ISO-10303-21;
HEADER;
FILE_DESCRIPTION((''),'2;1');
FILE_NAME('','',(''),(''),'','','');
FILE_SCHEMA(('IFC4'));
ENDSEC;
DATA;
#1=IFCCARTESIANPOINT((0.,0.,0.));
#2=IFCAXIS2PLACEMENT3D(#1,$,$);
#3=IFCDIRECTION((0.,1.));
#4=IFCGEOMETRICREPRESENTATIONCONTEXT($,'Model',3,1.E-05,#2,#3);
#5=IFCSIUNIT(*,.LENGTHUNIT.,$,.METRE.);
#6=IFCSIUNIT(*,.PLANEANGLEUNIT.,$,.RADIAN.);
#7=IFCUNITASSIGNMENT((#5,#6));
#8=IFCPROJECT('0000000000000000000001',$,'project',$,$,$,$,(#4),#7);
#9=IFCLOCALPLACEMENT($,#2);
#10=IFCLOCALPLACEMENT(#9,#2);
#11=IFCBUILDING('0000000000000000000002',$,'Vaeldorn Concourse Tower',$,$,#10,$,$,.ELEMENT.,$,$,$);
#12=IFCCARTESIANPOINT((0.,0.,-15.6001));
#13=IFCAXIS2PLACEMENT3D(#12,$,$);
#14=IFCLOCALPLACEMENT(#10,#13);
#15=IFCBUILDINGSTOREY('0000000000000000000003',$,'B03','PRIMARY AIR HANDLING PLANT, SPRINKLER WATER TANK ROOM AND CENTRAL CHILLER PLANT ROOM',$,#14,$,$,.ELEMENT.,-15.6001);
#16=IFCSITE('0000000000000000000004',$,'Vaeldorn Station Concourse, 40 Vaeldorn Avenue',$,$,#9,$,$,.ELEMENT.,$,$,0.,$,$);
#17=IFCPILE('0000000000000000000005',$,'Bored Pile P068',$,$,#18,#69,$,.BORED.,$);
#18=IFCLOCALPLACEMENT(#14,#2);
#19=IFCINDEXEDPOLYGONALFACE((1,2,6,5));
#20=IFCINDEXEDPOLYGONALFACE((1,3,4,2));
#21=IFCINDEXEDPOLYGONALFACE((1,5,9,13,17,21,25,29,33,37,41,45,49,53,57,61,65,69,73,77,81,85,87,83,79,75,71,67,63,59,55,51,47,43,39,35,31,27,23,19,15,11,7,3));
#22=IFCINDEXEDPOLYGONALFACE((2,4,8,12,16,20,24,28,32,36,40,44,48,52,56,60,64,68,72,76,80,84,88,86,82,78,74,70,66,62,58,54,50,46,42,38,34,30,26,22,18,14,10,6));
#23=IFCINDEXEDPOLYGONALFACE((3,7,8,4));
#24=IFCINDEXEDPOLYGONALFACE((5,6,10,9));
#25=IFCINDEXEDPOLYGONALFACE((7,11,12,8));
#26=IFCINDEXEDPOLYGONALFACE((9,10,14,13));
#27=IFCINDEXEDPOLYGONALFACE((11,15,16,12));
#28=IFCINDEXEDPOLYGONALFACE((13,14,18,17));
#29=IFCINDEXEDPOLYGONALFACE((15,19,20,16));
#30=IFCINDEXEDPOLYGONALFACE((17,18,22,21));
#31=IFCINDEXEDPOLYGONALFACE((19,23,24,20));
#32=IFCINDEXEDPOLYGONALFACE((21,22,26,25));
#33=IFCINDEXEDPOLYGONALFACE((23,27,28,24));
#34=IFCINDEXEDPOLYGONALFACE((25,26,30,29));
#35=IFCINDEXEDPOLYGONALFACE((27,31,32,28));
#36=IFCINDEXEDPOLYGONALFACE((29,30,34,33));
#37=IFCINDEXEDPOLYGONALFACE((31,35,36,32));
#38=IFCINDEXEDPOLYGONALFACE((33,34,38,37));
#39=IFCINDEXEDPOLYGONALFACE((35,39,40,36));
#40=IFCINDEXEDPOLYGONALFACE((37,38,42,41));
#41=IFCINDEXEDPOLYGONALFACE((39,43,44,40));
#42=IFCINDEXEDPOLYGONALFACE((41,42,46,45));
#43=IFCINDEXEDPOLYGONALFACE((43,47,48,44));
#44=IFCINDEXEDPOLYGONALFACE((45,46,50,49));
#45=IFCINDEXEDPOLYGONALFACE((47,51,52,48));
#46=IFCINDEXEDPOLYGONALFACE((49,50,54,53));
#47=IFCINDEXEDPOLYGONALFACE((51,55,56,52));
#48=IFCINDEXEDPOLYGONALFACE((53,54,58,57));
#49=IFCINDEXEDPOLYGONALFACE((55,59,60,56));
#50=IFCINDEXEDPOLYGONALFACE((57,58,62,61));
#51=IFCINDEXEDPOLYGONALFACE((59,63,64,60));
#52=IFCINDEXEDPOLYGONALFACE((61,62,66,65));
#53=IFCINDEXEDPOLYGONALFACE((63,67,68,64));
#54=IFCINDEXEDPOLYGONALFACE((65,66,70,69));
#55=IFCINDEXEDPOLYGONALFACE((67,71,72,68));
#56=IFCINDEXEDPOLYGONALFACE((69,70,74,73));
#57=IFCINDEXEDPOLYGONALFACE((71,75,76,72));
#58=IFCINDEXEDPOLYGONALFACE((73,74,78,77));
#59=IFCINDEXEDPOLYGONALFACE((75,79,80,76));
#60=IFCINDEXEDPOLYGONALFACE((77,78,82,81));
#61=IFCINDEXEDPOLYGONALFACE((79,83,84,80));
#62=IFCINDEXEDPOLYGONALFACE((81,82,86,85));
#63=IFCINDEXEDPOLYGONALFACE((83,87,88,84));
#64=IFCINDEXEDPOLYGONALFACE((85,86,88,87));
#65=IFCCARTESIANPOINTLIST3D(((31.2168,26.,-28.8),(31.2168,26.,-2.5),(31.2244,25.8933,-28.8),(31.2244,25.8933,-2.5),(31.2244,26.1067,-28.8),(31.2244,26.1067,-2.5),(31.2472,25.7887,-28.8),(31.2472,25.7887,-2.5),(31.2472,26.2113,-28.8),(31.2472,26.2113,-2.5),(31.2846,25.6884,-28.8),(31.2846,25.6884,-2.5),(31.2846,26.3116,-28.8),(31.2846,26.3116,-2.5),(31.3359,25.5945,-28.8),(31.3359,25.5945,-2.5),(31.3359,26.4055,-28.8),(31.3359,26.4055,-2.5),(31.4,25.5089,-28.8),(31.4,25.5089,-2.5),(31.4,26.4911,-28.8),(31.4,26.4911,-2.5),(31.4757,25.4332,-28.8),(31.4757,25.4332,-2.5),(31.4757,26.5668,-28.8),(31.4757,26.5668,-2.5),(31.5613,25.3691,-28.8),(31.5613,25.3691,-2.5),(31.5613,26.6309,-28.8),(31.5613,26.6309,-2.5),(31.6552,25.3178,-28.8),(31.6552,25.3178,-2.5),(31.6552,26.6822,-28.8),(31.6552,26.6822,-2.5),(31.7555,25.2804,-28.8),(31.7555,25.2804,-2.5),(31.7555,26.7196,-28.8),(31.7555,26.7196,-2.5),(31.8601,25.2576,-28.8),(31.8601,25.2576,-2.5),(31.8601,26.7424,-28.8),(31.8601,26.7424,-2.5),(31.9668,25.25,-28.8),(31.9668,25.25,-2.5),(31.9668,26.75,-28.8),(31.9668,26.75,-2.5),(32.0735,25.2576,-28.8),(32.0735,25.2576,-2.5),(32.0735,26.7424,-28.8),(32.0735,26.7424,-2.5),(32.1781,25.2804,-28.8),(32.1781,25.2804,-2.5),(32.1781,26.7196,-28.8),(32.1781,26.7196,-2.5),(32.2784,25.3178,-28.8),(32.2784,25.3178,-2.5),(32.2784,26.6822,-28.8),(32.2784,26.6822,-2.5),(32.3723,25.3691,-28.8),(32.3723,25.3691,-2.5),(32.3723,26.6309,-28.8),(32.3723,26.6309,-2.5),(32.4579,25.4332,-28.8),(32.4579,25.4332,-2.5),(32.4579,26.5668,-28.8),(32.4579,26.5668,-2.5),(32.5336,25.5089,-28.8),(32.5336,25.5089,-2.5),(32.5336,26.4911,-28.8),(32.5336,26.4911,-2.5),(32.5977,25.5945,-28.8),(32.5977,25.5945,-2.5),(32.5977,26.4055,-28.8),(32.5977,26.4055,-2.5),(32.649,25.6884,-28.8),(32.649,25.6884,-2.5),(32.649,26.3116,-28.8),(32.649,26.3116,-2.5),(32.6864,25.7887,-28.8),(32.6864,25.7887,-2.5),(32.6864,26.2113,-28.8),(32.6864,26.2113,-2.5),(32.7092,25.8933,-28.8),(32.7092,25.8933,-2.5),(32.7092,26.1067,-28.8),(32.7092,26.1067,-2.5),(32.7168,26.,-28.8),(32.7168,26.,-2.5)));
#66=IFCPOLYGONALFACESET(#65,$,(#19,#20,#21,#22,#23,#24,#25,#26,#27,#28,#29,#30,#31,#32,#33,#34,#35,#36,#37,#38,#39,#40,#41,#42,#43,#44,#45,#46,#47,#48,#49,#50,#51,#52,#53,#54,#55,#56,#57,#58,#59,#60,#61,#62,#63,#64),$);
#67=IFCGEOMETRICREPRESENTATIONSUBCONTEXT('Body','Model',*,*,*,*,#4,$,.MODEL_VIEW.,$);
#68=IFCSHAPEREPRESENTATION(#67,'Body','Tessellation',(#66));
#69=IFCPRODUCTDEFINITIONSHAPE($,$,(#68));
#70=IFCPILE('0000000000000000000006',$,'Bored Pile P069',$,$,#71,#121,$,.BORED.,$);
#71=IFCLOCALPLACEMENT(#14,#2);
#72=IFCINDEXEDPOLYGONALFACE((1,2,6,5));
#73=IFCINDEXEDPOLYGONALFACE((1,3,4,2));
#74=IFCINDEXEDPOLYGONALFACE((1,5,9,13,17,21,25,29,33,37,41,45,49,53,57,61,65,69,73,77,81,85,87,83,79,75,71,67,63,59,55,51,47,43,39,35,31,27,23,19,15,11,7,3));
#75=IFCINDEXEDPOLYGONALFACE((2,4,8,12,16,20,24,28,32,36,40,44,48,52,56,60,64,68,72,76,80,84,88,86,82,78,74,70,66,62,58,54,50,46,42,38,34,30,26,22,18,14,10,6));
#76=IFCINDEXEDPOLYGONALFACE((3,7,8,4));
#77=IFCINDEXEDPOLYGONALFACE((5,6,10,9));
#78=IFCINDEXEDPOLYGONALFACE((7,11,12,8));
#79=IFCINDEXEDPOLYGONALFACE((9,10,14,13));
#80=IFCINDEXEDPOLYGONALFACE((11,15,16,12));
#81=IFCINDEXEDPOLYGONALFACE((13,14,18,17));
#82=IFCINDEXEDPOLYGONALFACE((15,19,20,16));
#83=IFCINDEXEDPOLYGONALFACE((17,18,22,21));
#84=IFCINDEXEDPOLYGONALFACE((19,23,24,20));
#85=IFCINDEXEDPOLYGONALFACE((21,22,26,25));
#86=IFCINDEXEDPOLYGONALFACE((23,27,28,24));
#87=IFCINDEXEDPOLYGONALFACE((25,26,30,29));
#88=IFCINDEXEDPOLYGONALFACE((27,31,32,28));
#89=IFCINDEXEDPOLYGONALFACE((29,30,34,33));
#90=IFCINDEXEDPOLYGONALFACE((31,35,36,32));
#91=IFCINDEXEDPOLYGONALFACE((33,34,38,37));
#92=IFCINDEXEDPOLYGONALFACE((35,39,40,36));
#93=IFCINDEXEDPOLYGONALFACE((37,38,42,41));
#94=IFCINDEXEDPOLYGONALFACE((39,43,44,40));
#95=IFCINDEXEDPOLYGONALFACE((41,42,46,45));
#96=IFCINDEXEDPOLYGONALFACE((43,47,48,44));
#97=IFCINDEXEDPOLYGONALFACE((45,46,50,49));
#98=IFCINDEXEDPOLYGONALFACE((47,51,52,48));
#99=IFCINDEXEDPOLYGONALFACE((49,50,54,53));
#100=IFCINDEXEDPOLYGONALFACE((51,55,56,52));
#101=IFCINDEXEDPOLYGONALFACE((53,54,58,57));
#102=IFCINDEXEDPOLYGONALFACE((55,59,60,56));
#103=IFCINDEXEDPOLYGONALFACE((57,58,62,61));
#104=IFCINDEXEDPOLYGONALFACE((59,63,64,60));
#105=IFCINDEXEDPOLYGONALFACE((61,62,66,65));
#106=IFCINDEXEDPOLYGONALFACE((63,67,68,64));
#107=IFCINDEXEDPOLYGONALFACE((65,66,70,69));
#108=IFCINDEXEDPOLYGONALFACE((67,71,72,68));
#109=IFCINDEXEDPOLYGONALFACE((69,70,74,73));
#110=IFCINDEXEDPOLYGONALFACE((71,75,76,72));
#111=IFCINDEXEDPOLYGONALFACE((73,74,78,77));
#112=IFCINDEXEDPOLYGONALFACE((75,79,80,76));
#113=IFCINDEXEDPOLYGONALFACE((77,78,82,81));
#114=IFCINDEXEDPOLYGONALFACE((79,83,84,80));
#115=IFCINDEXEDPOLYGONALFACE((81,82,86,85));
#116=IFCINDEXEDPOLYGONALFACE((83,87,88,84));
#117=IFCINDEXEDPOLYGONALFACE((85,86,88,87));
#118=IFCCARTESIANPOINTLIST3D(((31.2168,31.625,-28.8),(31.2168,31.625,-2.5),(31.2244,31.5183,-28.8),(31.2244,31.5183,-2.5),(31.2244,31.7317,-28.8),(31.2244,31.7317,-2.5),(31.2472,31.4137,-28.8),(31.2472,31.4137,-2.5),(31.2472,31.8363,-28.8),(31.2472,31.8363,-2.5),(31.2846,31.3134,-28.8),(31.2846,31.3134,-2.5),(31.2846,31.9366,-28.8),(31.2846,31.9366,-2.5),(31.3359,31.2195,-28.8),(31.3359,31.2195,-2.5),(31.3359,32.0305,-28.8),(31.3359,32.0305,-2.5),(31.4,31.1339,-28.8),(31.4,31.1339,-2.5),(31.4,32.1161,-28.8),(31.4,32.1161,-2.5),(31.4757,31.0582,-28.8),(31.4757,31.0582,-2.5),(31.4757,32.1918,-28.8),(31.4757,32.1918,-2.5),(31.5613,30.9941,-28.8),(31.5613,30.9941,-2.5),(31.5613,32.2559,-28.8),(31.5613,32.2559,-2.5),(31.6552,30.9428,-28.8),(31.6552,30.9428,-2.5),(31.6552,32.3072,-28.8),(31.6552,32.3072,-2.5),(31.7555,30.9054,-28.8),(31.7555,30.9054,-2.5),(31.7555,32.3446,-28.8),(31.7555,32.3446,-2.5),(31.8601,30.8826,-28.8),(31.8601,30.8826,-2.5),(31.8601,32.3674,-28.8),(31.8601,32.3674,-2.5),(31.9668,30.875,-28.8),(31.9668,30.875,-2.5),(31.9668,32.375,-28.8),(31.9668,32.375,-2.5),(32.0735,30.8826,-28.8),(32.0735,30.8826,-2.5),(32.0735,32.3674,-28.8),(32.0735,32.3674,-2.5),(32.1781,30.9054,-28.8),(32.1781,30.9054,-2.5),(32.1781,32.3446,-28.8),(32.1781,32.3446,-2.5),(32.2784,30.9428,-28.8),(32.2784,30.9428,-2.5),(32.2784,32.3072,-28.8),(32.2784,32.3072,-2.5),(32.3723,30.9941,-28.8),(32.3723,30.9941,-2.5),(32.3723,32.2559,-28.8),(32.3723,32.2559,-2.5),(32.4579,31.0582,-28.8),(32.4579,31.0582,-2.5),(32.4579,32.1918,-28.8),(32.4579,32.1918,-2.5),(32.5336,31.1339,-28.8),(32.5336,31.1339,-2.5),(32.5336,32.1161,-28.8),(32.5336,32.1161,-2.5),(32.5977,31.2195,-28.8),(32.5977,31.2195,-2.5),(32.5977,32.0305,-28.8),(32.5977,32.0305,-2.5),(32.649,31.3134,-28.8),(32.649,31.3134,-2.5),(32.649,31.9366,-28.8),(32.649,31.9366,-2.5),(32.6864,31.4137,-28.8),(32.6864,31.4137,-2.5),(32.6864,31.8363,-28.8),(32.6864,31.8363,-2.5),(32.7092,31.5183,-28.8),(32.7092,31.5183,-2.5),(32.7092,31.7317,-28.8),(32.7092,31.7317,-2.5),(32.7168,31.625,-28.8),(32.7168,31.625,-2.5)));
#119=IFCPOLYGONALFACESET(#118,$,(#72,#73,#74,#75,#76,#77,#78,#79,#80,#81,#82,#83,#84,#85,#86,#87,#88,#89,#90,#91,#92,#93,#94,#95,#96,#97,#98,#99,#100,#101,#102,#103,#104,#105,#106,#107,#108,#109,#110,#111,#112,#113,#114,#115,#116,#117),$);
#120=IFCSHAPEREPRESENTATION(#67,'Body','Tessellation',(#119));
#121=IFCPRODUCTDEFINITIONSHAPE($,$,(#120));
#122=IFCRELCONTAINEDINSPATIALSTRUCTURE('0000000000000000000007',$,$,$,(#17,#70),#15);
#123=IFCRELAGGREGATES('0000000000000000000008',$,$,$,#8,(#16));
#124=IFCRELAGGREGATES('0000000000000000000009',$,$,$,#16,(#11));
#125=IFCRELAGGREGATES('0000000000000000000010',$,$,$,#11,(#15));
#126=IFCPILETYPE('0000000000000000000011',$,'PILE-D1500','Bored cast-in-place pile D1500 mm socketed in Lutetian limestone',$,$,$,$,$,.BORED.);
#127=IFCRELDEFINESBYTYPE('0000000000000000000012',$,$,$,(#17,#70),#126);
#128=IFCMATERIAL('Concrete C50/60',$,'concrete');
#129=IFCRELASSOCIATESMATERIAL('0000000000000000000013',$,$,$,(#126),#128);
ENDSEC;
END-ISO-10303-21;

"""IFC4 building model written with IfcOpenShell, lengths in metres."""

from ifc_helpers import new_model, si_unit, direction, frame, origin, origin_2d, place, context, subcontext, project, spatial, circle, extrude, material, material_profile, profile_set, type_object, element, save


model = new_model("IFC4")

# Units and contexts
model_context = context("Model", 3, precision=1e-05, world=origin(), true_north=direction((0.0, 1.0)))
body_context = subcontext(model_context, "Body", "Model", "MODEL_VIEW")
ifc_project = project(units=[si_unit("LENGTHUNIT", "METRE"), si_unit("PLANEANGLEUNIT", "RADIAN")], contexts=[model_context])

# Site, building, storey
site_placement = place(None, origin())
site = spatial("IfcSite", under=ifc_project, at=site_placement, Name="Vaeldorn Station Concourse, 40 Vaeldorn Avenue", CompositionType="ELEMENT", RefElevation=0.0)
building_placement = place(site_placement, origin())
building = spatial("IfcBuilding", under=site, at=building_placement, Name="Vaeldorn Concourse Tower", CompositionType="ELEMENT")
storey_placement = place(building_placement, frame((0.0, 0.0, -15.6001)))
storey = spatial("IfcBuildingStorey", under=building, at=storey_placement, Name="B03", Description="PRIMARY AIR HANDLING PLANT, SPRINKLER WATER TANK ROOM AND CENTRAL CHILLER PLANT ROOM", CompositionType="ELEMENT", Elevation=-15.6001)

# Piles
ifc_material_1 = material(Name="Concrete C50/60", Category="concrete")
ifc_material_profile_1 = material_profile(ifc_material_1, circle(Radius=0.75, at=origin_2d()), Name="BORED PILE D1500")
ifc_profile_set_1 = profile_set([ifc_material_profile_1], Name="Concrete C50/60")
pile_type = type_object("IfcPileType", Name="PILE-D1500", Description="Bored cast-in-place pile D1500 mm socketed in Lutetian limestone", PredefinedType="BORED", material=ifc_profile_set_1)
for number, where, z_axis, x_axis, name in (
    (1, (31.9668, 26.0, -2.5), (0.0, 0.0, -1.0), (1.0, 0.0, 0.0), "Bored Pile P068"),
    (2, (31.9668, 31.625, -2.5), (0.0, 0.0, -1.0), (1.0, 0.0, 0.0), "Bored Pile P069"),
):
    element("IfcPile", number, at=place(storey_placement, frame(where, z_axis=z_axis, x_axis=x_axis)), inside=storey, type_object=pile_type, Name=name, PredefinedType="BORED", context=body_context, shape_type="SweptSolid", body=[
        extrude(circle(Radius=0.75, at=origin_2d()), origin(), (0.0, 0.0, 1.0), 26.3),
    ])

save(model, "model.ifc")
